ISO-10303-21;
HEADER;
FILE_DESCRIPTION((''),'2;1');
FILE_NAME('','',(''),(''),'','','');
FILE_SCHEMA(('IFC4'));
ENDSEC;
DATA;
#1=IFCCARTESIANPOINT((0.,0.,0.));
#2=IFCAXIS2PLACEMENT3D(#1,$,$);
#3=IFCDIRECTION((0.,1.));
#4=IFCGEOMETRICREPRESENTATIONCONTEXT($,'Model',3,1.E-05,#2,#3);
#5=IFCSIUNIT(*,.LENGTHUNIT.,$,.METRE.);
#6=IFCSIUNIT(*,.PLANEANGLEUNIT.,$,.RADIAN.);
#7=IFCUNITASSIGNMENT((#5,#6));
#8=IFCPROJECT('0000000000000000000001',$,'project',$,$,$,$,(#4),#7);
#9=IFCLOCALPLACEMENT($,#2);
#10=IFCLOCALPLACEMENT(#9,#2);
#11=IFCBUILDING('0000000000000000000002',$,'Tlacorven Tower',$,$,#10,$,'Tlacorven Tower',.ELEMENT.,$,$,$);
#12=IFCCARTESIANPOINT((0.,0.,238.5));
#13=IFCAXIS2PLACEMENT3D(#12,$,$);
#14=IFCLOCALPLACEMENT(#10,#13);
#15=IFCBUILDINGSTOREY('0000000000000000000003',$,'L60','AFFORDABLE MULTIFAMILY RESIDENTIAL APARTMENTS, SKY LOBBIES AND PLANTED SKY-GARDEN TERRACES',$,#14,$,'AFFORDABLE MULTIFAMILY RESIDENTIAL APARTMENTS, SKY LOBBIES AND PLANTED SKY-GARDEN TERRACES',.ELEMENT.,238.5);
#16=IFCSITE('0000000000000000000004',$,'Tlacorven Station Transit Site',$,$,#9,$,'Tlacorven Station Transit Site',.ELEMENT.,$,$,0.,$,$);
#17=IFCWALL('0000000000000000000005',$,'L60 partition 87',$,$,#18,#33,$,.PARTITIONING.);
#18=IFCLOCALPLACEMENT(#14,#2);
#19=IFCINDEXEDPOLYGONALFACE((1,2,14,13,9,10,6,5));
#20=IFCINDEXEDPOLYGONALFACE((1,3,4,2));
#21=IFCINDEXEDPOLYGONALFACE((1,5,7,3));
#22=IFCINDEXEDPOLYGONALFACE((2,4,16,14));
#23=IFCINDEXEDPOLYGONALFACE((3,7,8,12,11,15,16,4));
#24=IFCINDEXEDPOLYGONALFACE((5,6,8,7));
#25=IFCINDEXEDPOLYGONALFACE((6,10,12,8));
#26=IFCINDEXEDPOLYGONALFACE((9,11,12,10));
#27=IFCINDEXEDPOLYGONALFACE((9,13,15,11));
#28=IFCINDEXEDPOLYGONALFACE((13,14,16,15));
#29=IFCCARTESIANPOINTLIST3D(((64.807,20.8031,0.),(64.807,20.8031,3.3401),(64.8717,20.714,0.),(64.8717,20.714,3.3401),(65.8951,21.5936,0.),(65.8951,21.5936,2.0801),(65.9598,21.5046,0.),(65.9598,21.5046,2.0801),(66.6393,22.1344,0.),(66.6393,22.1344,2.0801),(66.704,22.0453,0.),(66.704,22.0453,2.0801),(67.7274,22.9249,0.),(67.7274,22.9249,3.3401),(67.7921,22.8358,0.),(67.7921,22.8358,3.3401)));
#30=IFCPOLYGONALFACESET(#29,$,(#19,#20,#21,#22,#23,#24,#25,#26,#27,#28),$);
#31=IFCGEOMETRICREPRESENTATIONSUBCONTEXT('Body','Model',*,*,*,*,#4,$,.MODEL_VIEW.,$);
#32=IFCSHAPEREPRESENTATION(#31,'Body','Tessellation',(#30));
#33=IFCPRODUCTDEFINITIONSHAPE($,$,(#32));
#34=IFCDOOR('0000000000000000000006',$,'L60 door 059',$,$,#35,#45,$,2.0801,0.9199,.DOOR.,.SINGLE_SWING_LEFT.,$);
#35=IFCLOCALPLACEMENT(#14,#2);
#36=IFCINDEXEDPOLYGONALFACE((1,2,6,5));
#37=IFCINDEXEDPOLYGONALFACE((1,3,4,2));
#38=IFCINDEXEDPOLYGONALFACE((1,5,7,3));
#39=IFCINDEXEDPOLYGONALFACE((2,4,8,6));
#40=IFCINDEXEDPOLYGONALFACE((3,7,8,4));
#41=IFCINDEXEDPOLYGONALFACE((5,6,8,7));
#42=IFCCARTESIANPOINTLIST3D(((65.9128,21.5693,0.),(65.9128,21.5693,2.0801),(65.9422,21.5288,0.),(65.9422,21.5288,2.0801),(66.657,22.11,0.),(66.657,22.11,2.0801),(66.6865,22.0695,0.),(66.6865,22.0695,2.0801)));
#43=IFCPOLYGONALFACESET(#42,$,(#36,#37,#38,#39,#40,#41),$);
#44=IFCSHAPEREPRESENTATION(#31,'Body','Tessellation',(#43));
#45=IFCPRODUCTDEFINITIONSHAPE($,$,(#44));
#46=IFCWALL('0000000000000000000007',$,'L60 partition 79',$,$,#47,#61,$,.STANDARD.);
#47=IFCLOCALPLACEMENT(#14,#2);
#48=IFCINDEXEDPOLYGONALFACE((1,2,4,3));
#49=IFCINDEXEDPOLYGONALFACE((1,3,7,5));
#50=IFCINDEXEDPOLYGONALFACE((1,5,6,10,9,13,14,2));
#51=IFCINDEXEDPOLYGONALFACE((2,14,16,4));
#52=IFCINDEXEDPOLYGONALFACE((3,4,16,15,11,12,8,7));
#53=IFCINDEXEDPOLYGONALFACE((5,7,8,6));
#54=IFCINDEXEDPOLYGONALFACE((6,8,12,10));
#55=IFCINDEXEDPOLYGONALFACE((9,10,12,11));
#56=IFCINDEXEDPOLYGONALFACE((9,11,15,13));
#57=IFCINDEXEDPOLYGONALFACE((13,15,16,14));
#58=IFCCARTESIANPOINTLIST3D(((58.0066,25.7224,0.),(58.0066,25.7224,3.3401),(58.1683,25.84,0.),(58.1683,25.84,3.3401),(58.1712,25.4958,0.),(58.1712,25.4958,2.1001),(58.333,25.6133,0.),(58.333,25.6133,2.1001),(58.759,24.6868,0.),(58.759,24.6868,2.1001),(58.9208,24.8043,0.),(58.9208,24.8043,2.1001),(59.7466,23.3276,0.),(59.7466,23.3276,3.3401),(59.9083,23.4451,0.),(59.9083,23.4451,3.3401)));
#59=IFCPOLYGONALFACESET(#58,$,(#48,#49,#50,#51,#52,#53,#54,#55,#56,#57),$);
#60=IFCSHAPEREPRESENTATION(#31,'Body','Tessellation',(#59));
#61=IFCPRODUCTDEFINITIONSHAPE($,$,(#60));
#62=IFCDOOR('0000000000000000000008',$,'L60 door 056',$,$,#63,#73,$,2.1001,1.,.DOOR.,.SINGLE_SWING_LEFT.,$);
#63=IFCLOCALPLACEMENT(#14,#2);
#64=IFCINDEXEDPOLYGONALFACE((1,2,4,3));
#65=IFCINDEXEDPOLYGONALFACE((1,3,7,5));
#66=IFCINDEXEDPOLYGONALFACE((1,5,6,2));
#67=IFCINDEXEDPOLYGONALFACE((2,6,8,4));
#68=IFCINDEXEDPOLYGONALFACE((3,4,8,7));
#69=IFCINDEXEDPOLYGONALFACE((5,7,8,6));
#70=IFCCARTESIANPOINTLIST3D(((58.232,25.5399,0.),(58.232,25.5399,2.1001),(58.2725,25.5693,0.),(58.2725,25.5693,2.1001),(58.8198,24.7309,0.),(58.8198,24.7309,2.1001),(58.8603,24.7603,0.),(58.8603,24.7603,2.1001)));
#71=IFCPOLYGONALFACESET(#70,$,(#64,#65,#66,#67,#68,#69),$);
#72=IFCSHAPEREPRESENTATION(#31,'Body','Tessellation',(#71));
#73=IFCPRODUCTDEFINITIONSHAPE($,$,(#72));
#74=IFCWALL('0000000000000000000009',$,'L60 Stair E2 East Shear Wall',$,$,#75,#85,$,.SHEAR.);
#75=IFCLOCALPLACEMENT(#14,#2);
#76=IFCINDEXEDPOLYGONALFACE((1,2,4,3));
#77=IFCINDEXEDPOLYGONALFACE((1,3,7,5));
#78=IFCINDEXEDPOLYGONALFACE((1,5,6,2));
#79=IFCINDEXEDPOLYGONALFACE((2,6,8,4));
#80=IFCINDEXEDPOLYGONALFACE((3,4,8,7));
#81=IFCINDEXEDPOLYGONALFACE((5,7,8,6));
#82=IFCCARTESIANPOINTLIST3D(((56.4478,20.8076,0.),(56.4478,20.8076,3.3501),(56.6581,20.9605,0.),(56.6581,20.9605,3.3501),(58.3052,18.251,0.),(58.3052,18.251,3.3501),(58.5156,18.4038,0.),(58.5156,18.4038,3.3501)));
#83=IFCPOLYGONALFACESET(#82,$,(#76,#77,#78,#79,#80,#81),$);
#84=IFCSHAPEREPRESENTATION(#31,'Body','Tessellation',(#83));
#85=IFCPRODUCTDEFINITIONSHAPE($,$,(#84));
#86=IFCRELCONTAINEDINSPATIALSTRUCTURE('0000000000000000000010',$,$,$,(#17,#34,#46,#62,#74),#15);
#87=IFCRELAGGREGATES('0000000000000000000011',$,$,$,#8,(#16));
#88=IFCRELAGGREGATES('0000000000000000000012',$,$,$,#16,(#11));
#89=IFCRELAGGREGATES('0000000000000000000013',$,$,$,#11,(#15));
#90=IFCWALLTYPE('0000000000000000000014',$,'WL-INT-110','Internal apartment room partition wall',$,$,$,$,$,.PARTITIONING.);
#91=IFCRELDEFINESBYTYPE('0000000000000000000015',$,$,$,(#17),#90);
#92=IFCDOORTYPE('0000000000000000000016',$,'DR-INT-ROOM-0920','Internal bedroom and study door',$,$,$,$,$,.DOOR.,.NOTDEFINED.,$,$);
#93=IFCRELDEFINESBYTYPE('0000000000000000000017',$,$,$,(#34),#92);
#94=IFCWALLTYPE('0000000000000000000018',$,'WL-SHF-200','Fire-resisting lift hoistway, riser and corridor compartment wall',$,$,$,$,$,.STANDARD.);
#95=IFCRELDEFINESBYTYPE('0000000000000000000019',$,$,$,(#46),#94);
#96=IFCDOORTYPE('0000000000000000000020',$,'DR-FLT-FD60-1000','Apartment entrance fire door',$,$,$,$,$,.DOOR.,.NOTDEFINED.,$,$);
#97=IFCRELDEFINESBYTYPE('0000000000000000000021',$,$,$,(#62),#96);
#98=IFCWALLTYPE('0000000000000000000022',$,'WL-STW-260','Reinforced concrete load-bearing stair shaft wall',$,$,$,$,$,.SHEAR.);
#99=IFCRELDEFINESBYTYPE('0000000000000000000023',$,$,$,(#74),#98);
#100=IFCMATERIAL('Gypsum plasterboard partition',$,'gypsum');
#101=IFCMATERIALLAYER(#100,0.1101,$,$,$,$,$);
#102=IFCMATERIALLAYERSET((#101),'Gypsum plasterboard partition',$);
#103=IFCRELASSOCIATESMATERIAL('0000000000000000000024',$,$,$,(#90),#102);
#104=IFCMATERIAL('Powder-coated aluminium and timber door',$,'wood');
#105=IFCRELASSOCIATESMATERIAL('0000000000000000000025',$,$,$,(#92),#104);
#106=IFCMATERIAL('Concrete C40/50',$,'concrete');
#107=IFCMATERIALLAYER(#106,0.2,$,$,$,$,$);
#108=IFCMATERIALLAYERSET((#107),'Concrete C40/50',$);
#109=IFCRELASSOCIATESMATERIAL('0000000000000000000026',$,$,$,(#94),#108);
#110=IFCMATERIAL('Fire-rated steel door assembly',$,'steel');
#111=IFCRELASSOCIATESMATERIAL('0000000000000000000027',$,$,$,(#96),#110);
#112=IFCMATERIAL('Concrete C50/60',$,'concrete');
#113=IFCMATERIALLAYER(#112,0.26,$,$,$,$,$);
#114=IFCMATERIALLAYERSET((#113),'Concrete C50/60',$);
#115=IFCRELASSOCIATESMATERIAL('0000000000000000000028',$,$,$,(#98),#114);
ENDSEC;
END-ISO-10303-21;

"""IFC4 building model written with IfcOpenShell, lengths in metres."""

from ifc_helpers import new_model, si_unit, direction, frame, frame_2d, origin, place, context, subcontext, project, spatial, rectangle, extrude, source, transform, mapped, material, layer, layer_set, type_object, element, fill, save


model = new_model("IFC4")

# Units and contexts
model_context = context("Model", 3, precision=1e-05, world=origin(), true_north=direction((0.0, 1.0)))
body_context = subcontext(model_context, "Body", "Model", "MODEL_VIEW")
ifc_project = project(units=[si_unit("LENGTHUNIT", "METRE"), si_unit("PLANEANGLEUNIT", "RADIAN")], contexts=[model_context])

# Site, building, storey
site_placement = place(None, origin())
site = spatial("IfcSite", under=ifc_project, at=site_placement, Name="Tlacorven Station Transit Site", LongName="Tlacorven Station Transit Site", CompositionType="ELEMENT", RefElevation=0.0)
building_placement = place(site_placement, origin())
building = spatial("IfcBuilding", under=site, at=building_placement, Name="Tlacorven Tower", LongName="Tlacorven Tower", CompositionType="ELEMENT")
storey_placement = place(building_placement, frame((0.0, 0.0, 238.5)))
storey = spatial("IfcBuildingStorey", under=building, at=storey_placement, Name="L60", Description="AFFORDABLE MULTIFAMILY RESIDENTIAL APARTMENTS, SKY LOBBIES AND PLANTED SKY-GARDEN TERRACES", LongName="AFFORDABLE MULTIFAMILY RESIDENTIAL APARTMENTS, SKY LOBBIES AND PLANTED SKY-GARDEN TERRACES", CompositionType="ELEMENT", Elevation=238.5)

# Shared definitions
ifc_material_1 = material(Name="Concrete C50/60", Category="concrete")

# Walls, openings, doors
ifc_material_2 = material(Name="Gypsum plasterboard partition", Category="gypsum")
ifc_layer_1 = layer(ifc_material_2, 0.1101)
ifc_layer_set_1 = layer_set([ifc_layer_1], Name="Gypsum plasterboard partition")
wall_type_1 = type_object("IfcWallType", Name="WL-INT-110", Description="Internal apartment room partition wall", PredefinedType="PARTITIONING", material=ifc_layer_set_1)
wall_1_placement = place(storey_placement, frame((64.8394, 20.7585, 0.0), z_axis=(0.0, 0.0, 1.0), x_axis=(0.809014, 0.58779, 0.0)))
wall_1 = element("IfcWall", 1, at=wall_1_placement, inside=storey, type_object=wall_type_1, Name="L60 partition 87", PredefinedType="PARTITIONING", context=body_context, shape_type="SweptSolid", body=[
    extrude(rectangle(XDim=3.6099, YDim=0.1101, at=frame_2d((1.8049, 0.0))), origin(), (0.0, 0.0, 1.0), 3.3401),
])
opening_1_placement = place(wall_1_placement, frame((1.345, 0.0, 0.0)))
opening_1 = element("IfcOpeningElement", 2, at=opening_1_placement, cuts=wall_1, PredefinedType="OPENING", context=body_context, shape_type="SweptSolid", body=[
    extrude(rectangle(XDim=0.9199, YDim=2.0801, at=frame_2d((0.46, 1.04))), frame((0.0, 0.0649, 0.0), z_axis=(0.0, -1.0, 0.0), x_axis=(1.0, 0.0, 0.0)), (0.0, 0.0, 1.0), 0.1301),
])
ifc_material_3 = material(Name="Powder-coated aluminium and timber door", Category="wood")
door_type_1 = type_object("IfcDoorType", Name="DR-INT-ROOM-0920", Description="Internal bedroom and study door", OperationType="NOTDEFINED", PredefinedType="DOOR", material=ifc_material_3)
shared_shape_1 = source(origin(), body_context, "Body", "SweptSolid", [
    extrude(rectangle(XDim=0.9199, YDim=2.0801, at=frame_2d((0.46, 1.04))), frame((0.0, 0.0249, 0.0), z_axis=(0.0, -1.0, 0.0), x_axis=(1.0, 0.0, 0.0)), (0.0, 0.0, 1.0), 0.05),
])
door_1_placement = place(opening_1_placement, origin())
door_1 = element("IfcDoor", 3, at=door_1_placement, inside=storey, type_object=door_type_1, Name="L60 door 059", OperationType="SINGLE_SWING_LEFT", OverallHeight=2.0801, OverallWidth=0.9199, PredefinedType="DOOR", context=body_context, shape_type="MappedRepresentation", body=[
    mapped(shared_shape_1, transform((0.0, 0.0, 0.0), scale=1.0)),
])
fill(opening_1, door_1)
ifc_material_4 = material(Name="Concrete C40/50", Category="concrete")
ifc_layer_2 = layer(ifc_material_4, 0.2)
ifc_layer_set_2 = layer_set([ifc_layer_2], Name="Concrete C40/50")
wall_type_2 = type_object("IfcWallType", Name="WL-SHF-200", Description="Fire-resisting lift hoistway, riser and corridor compartment wall", PredefinedType="STANDARD", material=ifc_layer_set_2)
wall_2_placement = place(storey_placement, frame((59.8274, 23.3865, 0.0), z_axis=(0.0, 0.0, 1.0), x_axis=(-0.587804, 0.809003, 0.0)))
wall_2 = element("IfcWall", 4, at=wall_2_placement, inside=storey, type_object=wall_type_2, Name="L60 partition 79", PredefinedType="STANDARD", context=body_context, shape_type="SweptSolid", body=[
    extrude(rectangle(XDim=2.9602, YDim=0.2, at=frame_2d((1.48, 0.0))), origin(), (0.0, 0.0, 1.0), 3.3401),
])
opening_2_placement = place(wall_2_placement, frame((1.6799, 0.0, 0.0)))
opening_2 = element("IfcOpeningElement", 5, at=opening_2_placement, cuts=wall_2, PredefinedType="OPENING", context=body_context, shape_type="SweptSolid", body=[
    extrude(rectangle(XDim=1.0, YDim=2.1001, at=frame_2d((0.5, 1.05))), frame((0.0, 0.1099, 0.0), z_axis=(0.0, -1.0, 0.0), x_axis=(1.0, 0.0, 0.0)), (0.0, 0.0, 1.0), 0.22),
])
ifc_material_5 = material(Name="Fire-rated steel door assembly", Category="steel")
door_type_2 = type_object("IfcDoorType", Name="DR-FLT-FD60-1000", Description="Apartment entrance fire door", OperationType="NOTDEFINED", PredefinedType="DOOR", material=ifc_material_5)
shared_shape_2 = source(origin(), body_context, "Body", "SweptSolid", [
    extrude(rectangle(XDim=1.0, YDim=2.1001, at=frame_2d((0.5, 1.05))), frame((0.0, 0.0249, 0.0), z_axis=(0.0, -1.0, 0.0), x_axis=(1.0, 0.0, 0.0)), (0.0, 0.0, 1.0), 0.05),
])
door_2_placement = place(opening_2_placement, origin())
door_2 = element("IfcDoor", 6, at=door_2_placement, inside=storey, type_object=door_type_2, Name="L60 door 056", OperationType="SINGLE_SWING_LEFT", OverallHeight=2.1001, OverallWidth=1.0, PredefinedType="DOOR", context=body_context, shape_type="MappedRepresentation", body=[
    mapped(shared_shape_2, transform((0.0, 0.0, 0.0), scale=1.0)),
])
fill(opening_2, door_2)

# Wall
ifc_layer_3 = layer(ifc_material_1, 0.26)
ifc_layer_set_3 = layer_set([ifc_layer_3], Name="Concrete C50/60")
wall_type_3 = type_object("IfcWallType", Name="WL-STW-260", Description="Reinforced concrete load-bearing stair shaft wall", PredefinedType="SHEAR", material=ifc_layer_set_3)
wall_3_placement = place(storey_placement, frame((58.4104, 18.3274, 0.0), z_axis=(0.0, 0.0, 1.0), x_axis=(-0.587767, 0.80903, 0.0)))
element("IfcWall", 7, at=wall_3_placement, inside=storey, type_object=wall_type_3, Name="L60 Stair E2 East Shear Wall", PredefinedType="SHEAR", context=body_context, shape_type="SweptSolid", body=[
    extrude(rectangle(XDim=3.1602, YDim=0.26, at=frame_2d((1.5801, 0.0))), origin(), (0.0, 0.0, 1.0), 3.3501),
])

save(model, "model.ifc")
